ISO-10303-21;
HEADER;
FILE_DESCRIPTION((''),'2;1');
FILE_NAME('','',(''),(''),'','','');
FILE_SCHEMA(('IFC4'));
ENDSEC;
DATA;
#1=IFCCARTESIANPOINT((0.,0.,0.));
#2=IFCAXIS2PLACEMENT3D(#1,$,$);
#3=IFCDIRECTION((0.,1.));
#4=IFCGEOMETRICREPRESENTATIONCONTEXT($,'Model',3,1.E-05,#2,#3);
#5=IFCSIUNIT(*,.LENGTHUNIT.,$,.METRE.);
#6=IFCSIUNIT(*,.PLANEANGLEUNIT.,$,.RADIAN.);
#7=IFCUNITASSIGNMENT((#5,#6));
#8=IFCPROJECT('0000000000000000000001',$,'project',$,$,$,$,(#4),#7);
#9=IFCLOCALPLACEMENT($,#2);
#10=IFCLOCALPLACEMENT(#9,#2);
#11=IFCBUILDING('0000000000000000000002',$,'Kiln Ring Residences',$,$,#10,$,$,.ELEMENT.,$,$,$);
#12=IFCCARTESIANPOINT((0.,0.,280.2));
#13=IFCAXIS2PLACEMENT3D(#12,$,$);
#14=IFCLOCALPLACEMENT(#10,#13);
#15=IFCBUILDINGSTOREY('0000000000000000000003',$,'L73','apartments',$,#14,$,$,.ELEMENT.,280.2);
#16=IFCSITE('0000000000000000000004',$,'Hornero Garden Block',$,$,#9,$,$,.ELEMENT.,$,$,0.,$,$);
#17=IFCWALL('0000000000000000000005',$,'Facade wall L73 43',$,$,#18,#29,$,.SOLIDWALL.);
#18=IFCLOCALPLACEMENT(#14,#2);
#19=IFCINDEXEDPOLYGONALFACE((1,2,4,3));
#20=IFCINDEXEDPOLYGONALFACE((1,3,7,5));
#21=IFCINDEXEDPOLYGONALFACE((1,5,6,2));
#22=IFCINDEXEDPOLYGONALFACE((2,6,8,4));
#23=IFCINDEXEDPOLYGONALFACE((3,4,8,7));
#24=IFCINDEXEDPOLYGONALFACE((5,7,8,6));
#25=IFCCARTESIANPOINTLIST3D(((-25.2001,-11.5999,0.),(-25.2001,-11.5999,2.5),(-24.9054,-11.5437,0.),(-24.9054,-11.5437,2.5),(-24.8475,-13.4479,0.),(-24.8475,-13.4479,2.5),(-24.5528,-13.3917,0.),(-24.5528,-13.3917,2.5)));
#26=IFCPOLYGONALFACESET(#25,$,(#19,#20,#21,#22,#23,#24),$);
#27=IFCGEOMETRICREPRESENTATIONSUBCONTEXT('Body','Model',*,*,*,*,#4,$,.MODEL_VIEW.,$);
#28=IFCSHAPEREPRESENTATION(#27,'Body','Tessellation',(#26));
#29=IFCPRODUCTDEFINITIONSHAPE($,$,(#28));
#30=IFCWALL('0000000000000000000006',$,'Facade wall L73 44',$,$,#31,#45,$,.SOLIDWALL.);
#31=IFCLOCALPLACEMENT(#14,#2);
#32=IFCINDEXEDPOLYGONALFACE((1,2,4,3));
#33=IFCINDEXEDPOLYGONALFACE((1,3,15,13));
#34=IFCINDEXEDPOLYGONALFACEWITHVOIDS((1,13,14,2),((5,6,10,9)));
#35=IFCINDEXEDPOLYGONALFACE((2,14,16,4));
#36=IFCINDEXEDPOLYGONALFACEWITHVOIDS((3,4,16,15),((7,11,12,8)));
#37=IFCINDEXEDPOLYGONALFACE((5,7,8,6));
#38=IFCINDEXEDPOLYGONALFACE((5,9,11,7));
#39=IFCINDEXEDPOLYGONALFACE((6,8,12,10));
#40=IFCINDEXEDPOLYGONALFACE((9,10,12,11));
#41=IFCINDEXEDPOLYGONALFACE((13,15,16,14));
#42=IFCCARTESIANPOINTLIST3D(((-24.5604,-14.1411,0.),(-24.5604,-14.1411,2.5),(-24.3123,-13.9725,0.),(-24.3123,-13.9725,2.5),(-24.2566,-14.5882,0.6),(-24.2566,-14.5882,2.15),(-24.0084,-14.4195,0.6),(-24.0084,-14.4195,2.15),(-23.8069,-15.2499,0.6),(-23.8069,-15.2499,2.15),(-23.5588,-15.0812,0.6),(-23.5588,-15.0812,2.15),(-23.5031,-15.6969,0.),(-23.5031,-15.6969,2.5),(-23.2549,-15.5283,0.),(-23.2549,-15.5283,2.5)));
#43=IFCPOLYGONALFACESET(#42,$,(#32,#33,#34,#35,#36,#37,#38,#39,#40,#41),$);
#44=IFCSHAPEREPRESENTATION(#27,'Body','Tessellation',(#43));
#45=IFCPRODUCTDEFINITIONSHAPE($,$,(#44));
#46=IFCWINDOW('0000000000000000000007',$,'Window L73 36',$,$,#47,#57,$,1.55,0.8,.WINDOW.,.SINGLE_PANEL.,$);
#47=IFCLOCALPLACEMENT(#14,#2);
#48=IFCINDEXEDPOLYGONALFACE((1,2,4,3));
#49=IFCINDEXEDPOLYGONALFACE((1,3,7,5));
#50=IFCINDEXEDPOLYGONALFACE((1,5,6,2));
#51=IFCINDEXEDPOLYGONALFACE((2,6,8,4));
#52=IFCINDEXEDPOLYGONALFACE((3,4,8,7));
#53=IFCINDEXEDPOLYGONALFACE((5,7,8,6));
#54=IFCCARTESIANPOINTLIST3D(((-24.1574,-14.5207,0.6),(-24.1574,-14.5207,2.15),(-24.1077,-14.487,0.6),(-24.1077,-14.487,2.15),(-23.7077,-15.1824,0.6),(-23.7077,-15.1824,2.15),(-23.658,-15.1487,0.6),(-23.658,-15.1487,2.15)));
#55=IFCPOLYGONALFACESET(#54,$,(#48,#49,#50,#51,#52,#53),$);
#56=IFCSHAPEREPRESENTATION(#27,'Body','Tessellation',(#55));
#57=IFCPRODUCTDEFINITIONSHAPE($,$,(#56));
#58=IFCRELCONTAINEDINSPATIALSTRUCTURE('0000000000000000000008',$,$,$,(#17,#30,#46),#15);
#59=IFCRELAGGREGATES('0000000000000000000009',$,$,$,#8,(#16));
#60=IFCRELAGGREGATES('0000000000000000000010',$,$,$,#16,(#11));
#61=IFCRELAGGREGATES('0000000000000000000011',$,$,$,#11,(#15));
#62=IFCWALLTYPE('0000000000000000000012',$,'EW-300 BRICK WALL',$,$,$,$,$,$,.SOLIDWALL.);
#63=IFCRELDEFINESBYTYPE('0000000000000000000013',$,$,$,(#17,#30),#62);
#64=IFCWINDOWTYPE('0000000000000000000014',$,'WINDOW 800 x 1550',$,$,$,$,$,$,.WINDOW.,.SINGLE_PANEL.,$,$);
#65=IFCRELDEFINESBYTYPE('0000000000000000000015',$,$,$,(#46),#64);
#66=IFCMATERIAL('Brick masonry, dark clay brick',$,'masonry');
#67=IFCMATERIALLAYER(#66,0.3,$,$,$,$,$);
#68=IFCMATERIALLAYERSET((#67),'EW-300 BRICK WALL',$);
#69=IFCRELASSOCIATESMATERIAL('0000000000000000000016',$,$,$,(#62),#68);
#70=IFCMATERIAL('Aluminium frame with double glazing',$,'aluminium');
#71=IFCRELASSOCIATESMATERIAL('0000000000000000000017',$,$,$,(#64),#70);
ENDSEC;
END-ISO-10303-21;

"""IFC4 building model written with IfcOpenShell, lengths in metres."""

from ifc_helpers import new_model, si_unit, direction, frame, frame_2d, origin, place, context, subcontext, project, spatial, rectangle, extrude, material, layer, layer_set, type_object, element, fill, save


model = new_model("IFC4")

# Units and contexts
model_context = context("Model", 3, precision=1e-05, world=origin(), true_north=direction((0.0, 1.0)))
body_context = subcontext(model_context, "Body", "Model", "MODEL_VIEW")
ifc_project = project(units=[si_unit("LENGTHUNIT", "METRE"), si_unit("PLANEANGLEUNIT", "RADIAN")], contexts=[model_context])

# Site, building, storey
site_placement = place(None, origin())
site = spatial("IfcSite", under=ifc_project, at=site_placement, Name="Hornero Garden Block", CompositionType="ELEMENT", RefElevation=0.0)
building_placement = place(site_placement, origin())
building = spatial("IfcBuilding", under=site, at=building_placement, Name="Kiln Ring Residences", CompositionType="ELEMENT")
storey_placement = place(building_placement, frame((0.0, 0.0, 280.2)))
storey = spatial("IfcBuildingStorey", under=building, at=storey_placement, Name="L73", Description="apartments", CompositionType="ELEMENT", Elevation=280.2)

# Wall
ifc_material_1 = material(Name="Brick masonry, dark clay brick", Category="masonry")
ifc_layer_1 = layer(ifc_material_1, 0.3)
ifc_layer_set_1 = layer_set([ifc_layer_1], Name="EW-300 BRICK WALL")
wall_type_1 = type_object("IfcWallType", Name="EW-300 BRICK WALL", PredefinedType="SOLIDWALL", material=ifc_layer_set_1)
wall_1_placement = place(storey_placement, frame((-25.0527, -11.5718, 0.0), z_axis=(0.0, 0.0, 1.0), x_axis=(0.187398, -0.982284, 0.0)))
element("IfcWall", 1, at=wall_1_placement, inside=storey, type_object=wall_type_1, Name="Facade wall L73 43", PredefinedType="SOLIDWALL", context=body_context, shape_type="SweptSolid", body=[
    extrude(rectangle(XDim=1.8813, YDim=0.3, at=frame_2d((0.9407, 0.0))), origin(), (0.0, 0.0, 1.0), 2.5),
])

# Wall, opening, window
wall_2_placement = place(storey_placement, frame((-24.4363, -14.0569, 0.0), z_axis=(0.0, 0.0, 1.0), x_axis=(0.562076, -0.827086, 0.0)))
wall_2 = element("IfcWall", 2, at=wall_2_placement, inside=storey, type_object=wall_type_1, Name="Facade wall L73 44", PredefinedType="SOLIDWALL", context=body_context, shape_type="SweptSolid", body=[
    extrude(rectangle(XDim=1.8811, YDim=0.3, at=frame_2d((0.9404, 0.0))), origin(), (0.0, 0.0, 1.0), 2.5),
])
opening_1_placement = place(wall_2_placement, frame((0.5405, 0.0, 0.6001)))
opening_1 = element("IfcOpeningElement", 3, at=opening_1_placement, cuts=wall_2, PredefinedType="OPENING", context=body_context, shape_type="SweptSolid", body=[
    extrude(rectangle(XDim=0.8, YDim=1.55, at=frame_2d((0.3999, 0.7749))), frame((0.0, 0.1599, 0.0), z_axis=(0.0, -1.0, 0.0), x_axis=(1.0, 0.0, 0.0)), (0.0, 0.0, 1.0), 0.3201),
])
ifc_material_2 = material(Name="Aluminium frame with double glazing", Category="aluminium")
window_type = type_object("IfcWindowType", Name="WINDOW 800 x 1550", PartitioningType="SINGLE_PANEL", PredefinedType="WINDOW", material=ifc_material_2)
window_placement = place(opening_1_placement, origin())
window = element("IfcWindow", 4, at=window_placement, inside=storey, type_object=window_type, Name="Window L73 36", OverallHeight=1.55, OverallWidth=0.8, PartitioningType="SINGLE_PANEL", PredefinedType="WINDOW", context=body_context, shape_type="SweptSolid", body=[
    extrude(rectangle(XDim=0.8, YDim=1.55, at=frame_2d((0.3999, 0.7749))), frame((0.0, 0.03, 0.0), z_axis=(0.0, -1.0, 0.0), x_axis=(1.0, 0.0, 0.0)), (0.0, 0.0, 1.0), 0.0601),
])
fill(opening_1, window)

save(model, "model.ifc")
